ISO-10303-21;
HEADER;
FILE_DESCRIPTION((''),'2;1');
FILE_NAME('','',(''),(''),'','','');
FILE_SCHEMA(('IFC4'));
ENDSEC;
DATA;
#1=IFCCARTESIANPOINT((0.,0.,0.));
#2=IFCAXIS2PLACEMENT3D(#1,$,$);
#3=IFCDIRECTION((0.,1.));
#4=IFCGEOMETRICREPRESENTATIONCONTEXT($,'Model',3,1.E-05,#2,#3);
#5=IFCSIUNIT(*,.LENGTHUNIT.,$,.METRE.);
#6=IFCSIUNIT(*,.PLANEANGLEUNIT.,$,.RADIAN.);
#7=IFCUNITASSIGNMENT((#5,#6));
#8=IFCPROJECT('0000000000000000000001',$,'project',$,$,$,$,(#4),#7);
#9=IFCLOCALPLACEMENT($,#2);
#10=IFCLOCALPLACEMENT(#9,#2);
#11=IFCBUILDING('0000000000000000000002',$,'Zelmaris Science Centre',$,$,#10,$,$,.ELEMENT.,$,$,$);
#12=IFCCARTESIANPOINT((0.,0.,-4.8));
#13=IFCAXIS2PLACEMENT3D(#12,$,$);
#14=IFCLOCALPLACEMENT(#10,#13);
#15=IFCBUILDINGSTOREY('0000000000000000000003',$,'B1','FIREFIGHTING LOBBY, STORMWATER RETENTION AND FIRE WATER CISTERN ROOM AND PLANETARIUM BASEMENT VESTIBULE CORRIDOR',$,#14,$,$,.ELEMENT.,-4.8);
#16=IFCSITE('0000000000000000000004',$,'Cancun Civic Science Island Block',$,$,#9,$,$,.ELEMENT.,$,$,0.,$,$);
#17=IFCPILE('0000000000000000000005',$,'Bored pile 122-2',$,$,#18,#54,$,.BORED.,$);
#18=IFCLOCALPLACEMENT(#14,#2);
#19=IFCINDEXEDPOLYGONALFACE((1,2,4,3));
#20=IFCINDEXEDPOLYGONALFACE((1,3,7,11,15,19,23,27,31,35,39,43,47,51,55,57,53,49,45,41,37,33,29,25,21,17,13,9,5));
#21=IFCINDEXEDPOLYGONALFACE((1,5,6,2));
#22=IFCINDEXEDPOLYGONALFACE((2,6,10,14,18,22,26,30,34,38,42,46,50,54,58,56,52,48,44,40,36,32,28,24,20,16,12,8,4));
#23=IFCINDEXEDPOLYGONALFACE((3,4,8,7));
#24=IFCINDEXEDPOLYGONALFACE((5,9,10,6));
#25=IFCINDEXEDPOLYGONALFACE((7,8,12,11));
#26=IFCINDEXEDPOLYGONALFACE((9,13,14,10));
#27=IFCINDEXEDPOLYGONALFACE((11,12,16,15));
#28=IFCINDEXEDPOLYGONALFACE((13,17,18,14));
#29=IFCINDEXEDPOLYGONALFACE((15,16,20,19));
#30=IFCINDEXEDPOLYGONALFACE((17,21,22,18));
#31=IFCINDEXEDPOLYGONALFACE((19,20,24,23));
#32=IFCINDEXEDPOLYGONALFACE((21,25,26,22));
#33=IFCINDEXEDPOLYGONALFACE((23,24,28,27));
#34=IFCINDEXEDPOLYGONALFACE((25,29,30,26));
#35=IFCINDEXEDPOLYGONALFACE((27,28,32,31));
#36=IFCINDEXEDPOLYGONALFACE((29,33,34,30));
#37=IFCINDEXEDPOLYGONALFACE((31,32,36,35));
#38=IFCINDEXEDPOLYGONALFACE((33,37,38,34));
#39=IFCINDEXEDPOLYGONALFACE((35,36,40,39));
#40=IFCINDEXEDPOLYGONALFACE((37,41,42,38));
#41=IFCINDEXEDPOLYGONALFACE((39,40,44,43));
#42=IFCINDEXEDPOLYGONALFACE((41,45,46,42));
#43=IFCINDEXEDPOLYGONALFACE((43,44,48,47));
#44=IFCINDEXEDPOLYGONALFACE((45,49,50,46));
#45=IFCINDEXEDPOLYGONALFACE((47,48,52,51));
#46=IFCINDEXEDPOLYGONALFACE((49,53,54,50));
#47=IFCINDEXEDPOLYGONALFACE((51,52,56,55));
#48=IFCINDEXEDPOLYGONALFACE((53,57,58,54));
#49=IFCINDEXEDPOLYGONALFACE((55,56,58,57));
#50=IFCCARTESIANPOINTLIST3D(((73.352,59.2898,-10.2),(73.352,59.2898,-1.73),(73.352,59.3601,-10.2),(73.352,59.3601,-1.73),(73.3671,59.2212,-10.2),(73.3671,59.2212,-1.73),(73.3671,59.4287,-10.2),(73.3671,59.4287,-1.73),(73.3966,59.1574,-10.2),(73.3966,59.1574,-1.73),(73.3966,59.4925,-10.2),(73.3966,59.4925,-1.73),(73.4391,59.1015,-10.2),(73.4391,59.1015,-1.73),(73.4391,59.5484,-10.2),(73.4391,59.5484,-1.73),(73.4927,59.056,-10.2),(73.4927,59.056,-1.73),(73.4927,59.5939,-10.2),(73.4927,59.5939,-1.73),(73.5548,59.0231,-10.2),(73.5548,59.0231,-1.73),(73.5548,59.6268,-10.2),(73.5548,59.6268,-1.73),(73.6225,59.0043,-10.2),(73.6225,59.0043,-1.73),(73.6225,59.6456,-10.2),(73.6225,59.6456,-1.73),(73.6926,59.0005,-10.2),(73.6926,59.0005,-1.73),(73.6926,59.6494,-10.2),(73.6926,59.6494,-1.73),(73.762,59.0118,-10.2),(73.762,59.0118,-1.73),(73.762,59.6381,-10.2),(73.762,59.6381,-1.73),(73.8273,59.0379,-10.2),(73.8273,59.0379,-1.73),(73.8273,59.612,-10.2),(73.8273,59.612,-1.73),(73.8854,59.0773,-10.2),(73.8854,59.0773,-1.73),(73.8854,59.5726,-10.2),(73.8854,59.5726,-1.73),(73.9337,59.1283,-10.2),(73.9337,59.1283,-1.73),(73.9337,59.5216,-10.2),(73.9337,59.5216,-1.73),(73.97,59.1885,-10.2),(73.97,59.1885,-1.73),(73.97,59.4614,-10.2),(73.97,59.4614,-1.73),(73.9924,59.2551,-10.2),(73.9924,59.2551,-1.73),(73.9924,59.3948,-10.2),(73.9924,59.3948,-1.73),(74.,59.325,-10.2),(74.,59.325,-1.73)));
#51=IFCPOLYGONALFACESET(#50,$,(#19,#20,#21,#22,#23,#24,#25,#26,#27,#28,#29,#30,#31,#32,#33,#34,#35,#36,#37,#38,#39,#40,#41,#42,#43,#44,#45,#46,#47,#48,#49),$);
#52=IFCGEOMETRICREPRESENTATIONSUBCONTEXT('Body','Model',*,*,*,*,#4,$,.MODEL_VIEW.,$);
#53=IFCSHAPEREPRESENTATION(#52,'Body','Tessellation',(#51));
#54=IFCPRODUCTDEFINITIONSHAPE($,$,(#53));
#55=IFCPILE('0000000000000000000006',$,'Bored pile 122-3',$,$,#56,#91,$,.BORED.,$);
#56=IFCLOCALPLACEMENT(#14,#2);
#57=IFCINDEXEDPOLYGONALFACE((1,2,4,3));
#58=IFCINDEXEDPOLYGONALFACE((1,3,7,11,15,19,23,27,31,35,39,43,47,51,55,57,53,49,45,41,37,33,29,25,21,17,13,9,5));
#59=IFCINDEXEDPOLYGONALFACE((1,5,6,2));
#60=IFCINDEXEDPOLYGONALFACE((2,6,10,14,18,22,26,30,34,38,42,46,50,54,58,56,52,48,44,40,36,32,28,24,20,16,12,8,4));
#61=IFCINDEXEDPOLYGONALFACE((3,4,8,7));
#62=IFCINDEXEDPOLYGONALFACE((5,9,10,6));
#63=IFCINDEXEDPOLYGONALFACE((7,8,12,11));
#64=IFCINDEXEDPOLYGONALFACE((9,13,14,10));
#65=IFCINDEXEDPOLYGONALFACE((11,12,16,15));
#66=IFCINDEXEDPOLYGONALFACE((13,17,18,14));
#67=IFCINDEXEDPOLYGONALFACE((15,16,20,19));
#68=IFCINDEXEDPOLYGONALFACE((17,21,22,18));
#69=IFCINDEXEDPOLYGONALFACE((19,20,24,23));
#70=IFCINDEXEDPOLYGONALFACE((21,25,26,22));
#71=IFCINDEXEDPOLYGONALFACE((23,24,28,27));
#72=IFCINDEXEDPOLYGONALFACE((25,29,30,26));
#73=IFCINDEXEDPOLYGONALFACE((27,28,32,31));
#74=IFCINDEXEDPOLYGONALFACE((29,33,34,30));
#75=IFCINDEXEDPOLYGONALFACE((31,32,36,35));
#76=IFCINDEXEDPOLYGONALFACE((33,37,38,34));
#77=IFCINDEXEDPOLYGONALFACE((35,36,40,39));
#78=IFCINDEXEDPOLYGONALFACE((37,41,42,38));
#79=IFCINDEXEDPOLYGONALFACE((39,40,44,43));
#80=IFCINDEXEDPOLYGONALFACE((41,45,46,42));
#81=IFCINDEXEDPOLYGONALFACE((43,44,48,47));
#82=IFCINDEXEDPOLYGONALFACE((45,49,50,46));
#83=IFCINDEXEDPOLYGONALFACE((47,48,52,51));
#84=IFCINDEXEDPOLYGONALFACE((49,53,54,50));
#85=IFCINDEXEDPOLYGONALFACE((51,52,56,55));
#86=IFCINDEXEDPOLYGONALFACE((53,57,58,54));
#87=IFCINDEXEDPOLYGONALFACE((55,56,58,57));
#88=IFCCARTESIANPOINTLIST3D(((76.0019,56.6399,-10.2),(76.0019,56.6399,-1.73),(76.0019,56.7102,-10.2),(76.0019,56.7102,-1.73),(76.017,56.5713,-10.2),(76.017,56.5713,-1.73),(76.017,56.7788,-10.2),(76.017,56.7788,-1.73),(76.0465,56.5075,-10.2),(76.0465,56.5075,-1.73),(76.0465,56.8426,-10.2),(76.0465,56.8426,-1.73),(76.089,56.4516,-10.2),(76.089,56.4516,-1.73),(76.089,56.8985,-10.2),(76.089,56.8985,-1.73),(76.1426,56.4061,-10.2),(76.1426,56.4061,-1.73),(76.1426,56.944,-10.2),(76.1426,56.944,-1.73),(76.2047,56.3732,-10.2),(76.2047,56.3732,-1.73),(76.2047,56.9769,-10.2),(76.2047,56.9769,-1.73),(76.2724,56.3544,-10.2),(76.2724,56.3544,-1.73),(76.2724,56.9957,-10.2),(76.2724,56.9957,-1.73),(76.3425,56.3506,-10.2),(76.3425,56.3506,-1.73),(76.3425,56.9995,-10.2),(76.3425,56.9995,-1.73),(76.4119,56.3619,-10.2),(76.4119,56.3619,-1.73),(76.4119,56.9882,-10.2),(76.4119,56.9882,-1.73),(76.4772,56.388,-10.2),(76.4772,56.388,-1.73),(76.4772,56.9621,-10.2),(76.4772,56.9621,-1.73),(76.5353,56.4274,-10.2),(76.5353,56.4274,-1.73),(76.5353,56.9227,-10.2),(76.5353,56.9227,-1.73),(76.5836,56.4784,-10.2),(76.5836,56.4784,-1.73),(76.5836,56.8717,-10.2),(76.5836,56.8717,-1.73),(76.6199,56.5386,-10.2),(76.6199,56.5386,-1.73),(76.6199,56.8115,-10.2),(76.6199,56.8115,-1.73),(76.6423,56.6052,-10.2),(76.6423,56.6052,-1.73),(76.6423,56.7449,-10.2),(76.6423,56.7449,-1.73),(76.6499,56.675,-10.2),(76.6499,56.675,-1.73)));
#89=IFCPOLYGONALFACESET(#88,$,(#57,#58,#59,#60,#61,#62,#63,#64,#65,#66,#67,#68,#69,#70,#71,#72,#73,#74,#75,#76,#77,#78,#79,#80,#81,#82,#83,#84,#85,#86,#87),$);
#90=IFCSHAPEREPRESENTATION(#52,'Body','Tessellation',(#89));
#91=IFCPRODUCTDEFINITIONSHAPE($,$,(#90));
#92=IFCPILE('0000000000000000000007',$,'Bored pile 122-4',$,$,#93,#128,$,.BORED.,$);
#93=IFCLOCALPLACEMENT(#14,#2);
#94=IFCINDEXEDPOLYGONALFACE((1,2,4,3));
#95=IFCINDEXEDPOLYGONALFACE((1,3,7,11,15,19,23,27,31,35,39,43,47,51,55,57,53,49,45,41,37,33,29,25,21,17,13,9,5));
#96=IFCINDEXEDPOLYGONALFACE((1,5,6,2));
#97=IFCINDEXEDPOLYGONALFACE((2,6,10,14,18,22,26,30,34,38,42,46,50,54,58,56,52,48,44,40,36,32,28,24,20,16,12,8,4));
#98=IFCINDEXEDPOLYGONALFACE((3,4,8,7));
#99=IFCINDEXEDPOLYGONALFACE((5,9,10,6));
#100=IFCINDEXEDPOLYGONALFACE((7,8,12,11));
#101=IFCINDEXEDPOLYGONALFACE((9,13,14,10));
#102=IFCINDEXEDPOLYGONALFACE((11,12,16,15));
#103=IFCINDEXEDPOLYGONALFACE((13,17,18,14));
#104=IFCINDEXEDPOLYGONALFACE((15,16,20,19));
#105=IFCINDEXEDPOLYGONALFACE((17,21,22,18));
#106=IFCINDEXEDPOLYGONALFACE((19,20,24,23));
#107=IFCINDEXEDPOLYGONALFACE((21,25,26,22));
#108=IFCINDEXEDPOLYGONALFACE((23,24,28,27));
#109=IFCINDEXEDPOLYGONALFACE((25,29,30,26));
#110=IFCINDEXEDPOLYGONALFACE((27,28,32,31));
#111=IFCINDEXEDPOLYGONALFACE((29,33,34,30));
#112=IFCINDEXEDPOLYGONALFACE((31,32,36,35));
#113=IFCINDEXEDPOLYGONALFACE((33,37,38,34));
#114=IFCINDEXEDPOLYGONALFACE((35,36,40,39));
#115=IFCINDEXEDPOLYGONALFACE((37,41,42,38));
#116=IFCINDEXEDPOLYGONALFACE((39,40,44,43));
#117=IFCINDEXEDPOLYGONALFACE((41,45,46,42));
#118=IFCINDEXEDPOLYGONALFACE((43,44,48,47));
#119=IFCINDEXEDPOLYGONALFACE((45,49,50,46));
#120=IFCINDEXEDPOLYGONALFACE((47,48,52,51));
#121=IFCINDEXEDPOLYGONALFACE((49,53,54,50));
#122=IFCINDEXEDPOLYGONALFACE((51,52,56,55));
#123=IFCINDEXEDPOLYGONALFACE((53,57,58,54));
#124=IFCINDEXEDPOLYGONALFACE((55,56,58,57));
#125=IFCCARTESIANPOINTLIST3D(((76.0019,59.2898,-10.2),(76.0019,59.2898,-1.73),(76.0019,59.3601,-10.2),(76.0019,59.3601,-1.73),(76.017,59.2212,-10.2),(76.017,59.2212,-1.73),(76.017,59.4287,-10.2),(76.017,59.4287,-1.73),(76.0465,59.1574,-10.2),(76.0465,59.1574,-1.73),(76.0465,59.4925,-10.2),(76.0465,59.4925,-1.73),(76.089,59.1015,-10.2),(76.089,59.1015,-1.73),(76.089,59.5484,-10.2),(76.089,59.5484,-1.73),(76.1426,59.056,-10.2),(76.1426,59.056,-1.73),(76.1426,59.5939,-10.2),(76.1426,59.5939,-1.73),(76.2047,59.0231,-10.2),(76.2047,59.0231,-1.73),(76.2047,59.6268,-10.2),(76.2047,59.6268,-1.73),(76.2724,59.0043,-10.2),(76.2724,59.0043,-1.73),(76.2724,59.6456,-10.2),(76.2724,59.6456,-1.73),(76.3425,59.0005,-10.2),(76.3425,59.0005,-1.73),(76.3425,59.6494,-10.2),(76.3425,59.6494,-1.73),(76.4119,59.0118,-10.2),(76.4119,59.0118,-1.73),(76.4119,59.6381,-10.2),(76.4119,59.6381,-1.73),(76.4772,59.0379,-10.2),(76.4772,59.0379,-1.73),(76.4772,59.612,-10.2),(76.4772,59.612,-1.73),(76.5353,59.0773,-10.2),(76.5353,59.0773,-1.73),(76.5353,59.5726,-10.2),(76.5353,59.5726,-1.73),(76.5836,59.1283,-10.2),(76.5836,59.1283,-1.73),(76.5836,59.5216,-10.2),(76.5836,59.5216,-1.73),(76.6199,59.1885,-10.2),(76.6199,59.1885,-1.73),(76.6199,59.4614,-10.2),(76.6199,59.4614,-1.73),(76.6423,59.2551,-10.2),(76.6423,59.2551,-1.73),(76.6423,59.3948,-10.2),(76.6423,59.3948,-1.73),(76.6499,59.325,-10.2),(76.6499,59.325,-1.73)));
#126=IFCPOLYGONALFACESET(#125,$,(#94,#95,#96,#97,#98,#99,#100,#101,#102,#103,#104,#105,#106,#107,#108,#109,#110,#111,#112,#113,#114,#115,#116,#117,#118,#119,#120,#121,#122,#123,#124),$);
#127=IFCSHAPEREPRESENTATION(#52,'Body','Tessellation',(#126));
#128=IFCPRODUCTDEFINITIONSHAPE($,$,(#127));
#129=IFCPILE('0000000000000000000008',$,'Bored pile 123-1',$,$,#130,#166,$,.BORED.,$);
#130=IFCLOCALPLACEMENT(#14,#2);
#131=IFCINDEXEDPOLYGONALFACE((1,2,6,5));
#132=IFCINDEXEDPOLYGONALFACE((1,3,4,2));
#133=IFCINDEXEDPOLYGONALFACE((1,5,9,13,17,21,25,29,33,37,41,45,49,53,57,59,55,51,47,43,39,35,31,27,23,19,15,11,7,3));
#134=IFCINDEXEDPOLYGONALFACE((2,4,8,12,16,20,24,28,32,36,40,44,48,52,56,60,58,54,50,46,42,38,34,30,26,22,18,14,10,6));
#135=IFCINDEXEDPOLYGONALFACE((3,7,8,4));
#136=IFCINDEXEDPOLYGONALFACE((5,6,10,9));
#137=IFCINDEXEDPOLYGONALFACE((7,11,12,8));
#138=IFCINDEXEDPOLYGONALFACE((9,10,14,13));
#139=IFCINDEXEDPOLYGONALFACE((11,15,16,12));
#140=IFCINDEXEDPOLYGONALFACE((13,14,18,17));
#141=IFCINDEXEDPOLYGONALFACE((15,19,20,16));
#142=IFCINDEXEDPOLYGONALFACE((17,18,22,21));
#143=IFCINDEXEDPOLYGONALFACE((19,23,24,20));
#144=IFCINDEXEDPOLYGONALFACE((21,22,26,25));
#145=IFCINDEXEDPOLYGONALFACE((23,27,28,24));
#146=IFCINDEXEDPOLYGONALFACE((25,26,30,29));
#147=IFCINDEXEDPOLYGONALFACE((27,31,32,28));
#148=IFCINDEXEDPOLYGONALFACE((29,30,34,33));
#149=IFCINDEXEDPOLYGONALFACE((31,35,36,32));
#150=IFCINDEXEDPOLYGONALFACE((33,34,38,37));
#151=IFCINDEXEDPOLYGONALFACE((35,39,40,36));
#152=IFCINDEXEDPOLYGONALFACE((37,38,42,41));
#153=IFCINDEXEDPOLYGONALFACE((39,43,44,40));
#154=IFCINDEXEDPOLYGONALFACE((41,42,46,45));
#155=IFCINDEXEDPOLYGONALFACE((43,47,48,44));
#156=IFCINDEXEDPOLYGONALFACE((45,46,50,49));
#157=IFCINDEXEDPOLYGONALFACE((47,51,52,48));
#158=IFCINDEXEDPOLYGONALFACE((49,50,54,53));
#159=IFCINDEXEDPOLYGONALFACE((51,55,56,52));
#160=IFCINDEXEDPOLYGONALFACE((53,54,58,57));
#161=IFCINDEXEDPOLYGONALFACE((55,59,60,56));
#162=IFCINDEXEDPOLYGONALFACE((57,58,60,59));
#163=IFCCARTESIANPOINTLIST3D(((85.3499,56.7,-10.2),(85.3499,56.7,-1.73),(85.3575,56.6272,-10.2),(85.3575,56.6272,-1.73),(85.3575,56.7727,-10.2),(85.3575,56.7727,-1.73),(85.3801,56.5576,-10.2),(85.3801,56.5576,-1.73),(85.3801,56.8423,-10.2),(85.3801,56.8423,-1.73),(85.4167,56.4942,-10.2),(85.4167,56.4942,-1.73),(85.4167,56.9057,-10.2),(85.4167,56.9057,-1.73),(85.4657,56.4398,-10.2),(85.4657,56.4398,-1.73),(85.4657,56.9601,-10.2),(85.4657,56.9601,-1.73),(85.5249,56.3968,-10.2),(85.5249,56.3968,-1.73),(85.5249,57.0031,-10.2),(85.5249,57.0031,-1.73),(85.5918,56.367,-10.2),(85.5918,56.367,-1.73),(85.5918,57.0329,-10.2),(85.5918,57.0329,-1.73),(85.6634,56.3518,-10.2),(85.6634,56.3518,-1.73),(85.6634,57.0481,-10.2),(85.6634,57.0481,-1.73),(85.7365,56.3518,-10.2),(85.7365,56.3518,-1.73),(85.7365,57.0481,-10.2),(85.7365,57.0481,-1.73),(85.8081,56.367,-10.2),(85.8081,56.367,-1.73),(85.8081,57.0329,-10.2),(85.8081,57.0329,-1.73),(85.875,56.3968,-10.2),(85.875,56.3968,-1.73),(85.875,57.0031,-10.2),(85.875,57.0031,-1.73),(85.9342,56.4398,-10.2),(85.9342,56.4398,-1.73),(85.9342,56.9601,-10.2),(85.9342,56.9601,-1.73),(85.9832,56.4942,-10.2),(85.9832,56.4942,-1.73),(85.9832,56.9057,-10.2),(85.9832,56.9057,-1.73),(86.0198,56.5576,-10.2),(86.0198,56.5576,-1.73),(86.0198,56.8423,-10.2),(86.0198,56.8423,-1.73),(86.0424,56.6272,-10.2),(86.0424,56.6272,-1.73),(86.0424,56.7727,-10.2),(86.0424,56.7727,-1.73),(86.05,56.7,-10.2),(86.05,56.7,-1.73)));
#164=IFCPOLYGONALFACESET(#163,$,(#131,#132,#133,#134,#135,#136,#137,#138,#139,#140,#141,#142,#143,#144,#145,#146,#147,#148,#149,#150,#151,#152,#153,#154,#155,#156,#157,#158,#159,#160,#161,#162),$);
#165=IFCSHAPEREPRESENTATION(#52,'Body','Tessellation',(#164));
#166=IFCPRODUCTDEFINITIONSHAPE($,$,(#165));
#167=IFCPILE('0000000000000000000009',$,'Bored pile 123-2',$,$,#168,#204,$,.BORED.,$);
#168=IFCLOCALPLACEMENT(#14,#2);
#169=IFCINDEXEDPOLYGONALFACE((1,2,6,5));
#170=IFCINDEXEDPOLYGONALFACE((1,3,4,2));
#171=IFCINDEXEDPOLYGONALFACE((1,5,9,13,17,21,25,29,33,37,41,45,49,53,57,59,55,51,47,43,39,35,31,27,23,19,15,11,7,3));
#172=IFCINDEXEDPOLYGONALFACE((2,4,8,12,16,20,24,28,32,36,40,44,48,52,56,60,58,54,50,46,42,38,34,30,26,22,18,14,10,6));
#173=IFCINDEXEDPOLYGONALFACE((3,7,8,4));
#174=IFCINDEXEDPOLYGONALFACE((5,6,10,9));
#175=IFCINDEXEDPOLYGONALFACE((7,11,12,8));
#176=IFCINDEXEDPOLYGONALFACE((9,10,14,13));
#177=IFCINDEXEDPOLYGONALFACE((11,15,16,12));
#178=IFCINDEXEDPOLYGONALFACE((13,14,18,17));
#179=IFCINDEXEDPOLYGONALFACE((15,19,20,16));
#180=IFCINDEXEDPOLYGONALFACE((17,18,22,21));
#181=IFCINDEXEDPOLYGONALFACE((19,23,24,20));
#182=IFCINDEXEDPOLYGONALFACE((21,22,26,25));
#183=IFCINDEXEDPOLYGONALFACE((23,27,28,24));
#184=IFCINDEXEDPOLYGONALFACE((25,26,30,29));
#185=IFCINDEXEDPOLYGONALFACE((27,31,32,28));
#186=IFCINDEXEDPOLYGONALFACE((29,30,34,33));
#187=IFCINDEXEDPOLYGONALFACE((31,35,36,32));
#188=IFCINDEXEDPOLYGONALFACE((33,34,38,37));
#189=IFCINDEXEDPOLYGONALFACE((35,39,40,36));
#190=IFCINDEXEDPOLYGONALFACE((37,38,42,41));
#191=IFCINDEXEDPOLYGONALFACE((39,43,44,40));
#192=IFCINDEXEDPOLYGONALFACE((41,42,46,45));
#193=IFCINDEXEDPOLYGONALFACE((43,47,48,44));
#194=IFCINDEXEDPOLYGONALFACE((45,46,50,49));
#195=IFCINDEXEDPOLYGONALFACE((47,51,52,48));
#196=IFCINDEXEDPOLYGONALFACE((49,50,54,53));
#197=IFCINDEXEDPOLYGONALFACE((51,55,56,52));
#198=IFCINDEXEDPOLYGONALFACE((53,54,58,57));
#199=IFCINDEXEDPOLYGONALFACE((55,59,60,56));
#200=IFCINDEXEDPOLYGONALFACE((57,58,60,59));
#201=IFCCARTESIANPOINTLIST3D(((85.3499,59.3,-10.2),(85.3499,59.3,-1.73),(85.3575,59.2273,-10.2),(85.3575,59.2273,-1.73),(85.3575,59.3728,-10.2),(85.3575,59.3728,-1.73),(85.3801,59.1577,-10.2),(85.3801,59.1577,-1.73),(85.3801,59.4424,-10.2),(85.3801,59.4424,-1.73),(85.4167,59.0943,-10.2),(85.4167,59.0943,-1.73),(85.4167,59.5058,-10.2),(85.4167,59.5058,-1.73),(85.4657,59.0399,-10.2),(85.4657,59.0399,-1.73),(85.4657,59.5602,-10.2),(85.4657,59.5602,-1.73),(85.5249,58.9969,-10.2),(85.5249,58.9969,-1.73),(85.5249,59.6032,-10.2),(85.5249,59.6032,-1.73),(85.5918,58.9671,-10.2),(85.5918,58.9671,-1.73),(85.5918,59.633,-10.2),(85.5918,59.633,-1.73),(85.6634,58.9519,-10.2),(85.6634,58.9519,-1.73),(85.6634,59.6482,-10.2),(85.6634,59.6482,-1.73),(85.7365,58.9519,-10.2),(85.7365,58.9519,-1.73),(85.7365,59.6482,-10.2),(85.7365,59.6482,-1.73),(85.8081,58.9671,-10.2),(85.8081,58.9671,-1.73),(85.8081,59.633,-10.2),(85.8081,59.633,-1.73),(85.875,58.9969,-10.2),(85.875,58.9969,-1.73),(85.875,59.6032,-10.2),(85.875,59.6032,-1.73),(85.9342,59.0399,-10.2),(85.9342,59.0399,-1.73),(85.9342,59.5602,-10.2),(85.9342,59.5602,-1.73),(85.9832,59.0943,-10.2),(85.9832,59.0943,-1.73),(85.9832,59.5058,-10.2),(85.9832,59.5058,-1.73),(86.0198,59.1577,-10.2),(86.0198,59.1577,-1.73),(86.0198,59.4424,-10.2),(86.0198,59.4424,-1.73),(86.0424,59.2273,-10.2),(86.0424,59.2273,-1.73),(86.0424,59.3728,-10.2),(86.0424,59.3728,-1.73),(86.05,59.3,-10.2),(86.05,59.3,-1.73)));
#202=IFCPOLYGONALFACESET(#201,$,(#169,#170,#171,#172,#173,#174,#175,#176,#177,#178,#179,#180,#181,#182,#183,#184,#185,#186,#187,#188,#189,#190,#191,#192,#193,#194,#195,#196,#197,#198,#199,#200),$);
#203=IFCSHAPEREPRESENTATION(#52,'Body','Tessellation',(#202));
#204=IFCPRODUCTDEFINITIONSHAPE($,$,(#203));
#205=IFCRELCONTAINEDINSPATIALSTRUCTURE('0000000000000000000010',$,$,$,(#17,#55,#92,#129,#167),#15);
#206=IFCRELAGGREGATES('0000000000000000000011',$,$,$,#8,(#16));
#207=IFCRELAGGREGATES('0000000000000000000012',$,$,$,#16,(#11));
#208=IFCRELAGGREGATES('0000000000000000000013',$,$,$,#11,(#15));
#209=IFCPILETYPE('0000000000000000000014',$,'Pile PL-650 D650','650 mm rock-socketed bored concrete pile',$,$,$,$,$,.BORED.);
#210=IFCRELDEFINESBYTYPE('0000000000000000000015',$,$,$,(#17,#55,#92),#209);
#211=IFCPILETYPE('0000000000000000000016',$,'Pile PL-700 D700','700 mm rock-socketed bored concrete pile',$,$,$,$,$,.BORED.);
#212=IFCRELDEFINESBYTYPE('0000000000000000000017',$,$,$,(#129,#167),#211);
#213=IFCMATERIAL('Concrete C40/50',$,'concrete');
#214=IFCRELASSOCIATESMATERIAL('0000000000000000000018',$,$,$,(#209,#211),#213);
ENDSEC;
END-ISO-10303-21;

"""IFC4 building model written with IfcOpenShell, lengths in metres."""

from ifc_helpers import new_model, si_unit, direction, frame, origin, origin_2d, place, context, subcontext, project, spatial, circle, extrude, material, material_profile, profile_set, type_object, element, save


model = new_model("IFC4")

# Units and contexts
model_context = context("Model", 3, precision=1e-05, world=origin(), true_north=direction((0.0, 1.0)))
body_context = subcontext(model_context, "Body", "Model", "MODEL_VIEW")
ifc_project = project(units=[si_unit("LENGTHUNIT", "METRE"), si_unit("PLANEANGLEUNIT", "RADIAN")], contexts=[model_context])

# Site, building, storey
site_placement = place(None, origin())
site = spatial("IfcSite", under=ifc_project, at=site_placement, Name="Cancun Civic Science Island Block", CompositionType="ELEMENT", RefElevation=0.0)
building_placement = place(site_placement, origin())
building = spatial("IfcBuilding", under=site, at=building_placement, Name="Zelmaris Science Centre", CompositionType="ELEMENT")
storey_placement = place(building_placement, frame((0.0, 0.0, -4.8)))
storey = spatial("IfcBuildingStorey", under=building, at=storey_placement, Name="B1", Description="FIREFIGHTING LOBBY, STORMWATER RETENTION AND FIRE WATER CISTERN ROOM AND PLANETARIUM BASEMENT VESTIBULE CORRIDOR", CompositionType="ELEMENT", Elevation=-4.8)

# Shared definitions
ifc_material_1 = material(Name="Concrete C40/50", Category="concrete")

# Piles
ifc_material_profile_1 = material_profile(ifc_material_1, circle(Radius=0.325, at=origin_2d()), Name="PILE-650")
ifc_profile_set_1 = profile_set([ifc_material_profile_1], Name="Concrete C40/50")
pile_type_1 = type_object("IfcPileType", Name="Pile PL-650 D650", Description="650 mm rock-socketed bored concrete pile", PredefinedType="BORED", material=ifc_profile_set_1)
for number, where, z_axis, x_axis, name in (
    (1, (73.675, 59.325, -1.73), (0.0, 0.0, -1.0), (1.0, 0.0, 0.0), "Bored pile 122-2"),
    (2, (76.325, 56.675, -1.73), (0.0, 0.0, -1.0), (1.0, 0.0, 0.0), "Bored pile 122-3"),
    (3, (76.325, 59.325, -1.73), (0.0, 0.0, -1.0), (1.0, 0.0, 0.0), "Bored pile 122-4"),
):
    element("IfcPile", number, at=place(storey_placement, frame(where, z_axis=z_axis, x_axis=x_axis)), inside=storey, type_object=pile_type_1, Name=name, PredefinedType="BORED", context=body_context, shape_type="SweptSolid", body=[
        extrude(circle(Radius=0.325, at=origin_2d()), origin(), (0.0, 0.0, 1.0), 8.47),
    ])
ifc_material_profile_2 = material_profile(ifc_material_1, circle(Radius=0.3501, at=origin_2d()), Name="PILE-700")
ifc_profile_set_2 = profile_set([ifc_material_profile_2], Name="Concrete C40/50")
pile_type_2 = type_object("IfcPileType", Name="Pile PL-700 D700", Description="700 mm rock-socketed bored concrete pile", PredefinedType="BORED", material=ifc_profile_set_2)
for number, where, z_axis, x_axis, name in (
    (4, (85.7, 56.7, -1.73), (0.0, 0.0, -1.0), (1.0, 0.0, 0.0), "Bored pile 123-1"),
    (5, (85.7, 59.3, -1.73), (0.0, 0.0, -1.0), (1.0, 0.0, 0.0), "Bored pile 123-2"),
):
    element("IfcPile", number, at=place(storey_placement, frame(where, z_axis=z_axis, x_axis=x_axis)), inside=storey, type_object=pile_type_2, Name=name, PredefinedType="BORED", context=body_context, shape_type="SweptSolid", body=[
        extrude(circle(Radius=0.3501, at=origin_2d()), origin(), (0.0, 0.0, 1.0), 8.47),
    ])

save(model, "model.ifc")
